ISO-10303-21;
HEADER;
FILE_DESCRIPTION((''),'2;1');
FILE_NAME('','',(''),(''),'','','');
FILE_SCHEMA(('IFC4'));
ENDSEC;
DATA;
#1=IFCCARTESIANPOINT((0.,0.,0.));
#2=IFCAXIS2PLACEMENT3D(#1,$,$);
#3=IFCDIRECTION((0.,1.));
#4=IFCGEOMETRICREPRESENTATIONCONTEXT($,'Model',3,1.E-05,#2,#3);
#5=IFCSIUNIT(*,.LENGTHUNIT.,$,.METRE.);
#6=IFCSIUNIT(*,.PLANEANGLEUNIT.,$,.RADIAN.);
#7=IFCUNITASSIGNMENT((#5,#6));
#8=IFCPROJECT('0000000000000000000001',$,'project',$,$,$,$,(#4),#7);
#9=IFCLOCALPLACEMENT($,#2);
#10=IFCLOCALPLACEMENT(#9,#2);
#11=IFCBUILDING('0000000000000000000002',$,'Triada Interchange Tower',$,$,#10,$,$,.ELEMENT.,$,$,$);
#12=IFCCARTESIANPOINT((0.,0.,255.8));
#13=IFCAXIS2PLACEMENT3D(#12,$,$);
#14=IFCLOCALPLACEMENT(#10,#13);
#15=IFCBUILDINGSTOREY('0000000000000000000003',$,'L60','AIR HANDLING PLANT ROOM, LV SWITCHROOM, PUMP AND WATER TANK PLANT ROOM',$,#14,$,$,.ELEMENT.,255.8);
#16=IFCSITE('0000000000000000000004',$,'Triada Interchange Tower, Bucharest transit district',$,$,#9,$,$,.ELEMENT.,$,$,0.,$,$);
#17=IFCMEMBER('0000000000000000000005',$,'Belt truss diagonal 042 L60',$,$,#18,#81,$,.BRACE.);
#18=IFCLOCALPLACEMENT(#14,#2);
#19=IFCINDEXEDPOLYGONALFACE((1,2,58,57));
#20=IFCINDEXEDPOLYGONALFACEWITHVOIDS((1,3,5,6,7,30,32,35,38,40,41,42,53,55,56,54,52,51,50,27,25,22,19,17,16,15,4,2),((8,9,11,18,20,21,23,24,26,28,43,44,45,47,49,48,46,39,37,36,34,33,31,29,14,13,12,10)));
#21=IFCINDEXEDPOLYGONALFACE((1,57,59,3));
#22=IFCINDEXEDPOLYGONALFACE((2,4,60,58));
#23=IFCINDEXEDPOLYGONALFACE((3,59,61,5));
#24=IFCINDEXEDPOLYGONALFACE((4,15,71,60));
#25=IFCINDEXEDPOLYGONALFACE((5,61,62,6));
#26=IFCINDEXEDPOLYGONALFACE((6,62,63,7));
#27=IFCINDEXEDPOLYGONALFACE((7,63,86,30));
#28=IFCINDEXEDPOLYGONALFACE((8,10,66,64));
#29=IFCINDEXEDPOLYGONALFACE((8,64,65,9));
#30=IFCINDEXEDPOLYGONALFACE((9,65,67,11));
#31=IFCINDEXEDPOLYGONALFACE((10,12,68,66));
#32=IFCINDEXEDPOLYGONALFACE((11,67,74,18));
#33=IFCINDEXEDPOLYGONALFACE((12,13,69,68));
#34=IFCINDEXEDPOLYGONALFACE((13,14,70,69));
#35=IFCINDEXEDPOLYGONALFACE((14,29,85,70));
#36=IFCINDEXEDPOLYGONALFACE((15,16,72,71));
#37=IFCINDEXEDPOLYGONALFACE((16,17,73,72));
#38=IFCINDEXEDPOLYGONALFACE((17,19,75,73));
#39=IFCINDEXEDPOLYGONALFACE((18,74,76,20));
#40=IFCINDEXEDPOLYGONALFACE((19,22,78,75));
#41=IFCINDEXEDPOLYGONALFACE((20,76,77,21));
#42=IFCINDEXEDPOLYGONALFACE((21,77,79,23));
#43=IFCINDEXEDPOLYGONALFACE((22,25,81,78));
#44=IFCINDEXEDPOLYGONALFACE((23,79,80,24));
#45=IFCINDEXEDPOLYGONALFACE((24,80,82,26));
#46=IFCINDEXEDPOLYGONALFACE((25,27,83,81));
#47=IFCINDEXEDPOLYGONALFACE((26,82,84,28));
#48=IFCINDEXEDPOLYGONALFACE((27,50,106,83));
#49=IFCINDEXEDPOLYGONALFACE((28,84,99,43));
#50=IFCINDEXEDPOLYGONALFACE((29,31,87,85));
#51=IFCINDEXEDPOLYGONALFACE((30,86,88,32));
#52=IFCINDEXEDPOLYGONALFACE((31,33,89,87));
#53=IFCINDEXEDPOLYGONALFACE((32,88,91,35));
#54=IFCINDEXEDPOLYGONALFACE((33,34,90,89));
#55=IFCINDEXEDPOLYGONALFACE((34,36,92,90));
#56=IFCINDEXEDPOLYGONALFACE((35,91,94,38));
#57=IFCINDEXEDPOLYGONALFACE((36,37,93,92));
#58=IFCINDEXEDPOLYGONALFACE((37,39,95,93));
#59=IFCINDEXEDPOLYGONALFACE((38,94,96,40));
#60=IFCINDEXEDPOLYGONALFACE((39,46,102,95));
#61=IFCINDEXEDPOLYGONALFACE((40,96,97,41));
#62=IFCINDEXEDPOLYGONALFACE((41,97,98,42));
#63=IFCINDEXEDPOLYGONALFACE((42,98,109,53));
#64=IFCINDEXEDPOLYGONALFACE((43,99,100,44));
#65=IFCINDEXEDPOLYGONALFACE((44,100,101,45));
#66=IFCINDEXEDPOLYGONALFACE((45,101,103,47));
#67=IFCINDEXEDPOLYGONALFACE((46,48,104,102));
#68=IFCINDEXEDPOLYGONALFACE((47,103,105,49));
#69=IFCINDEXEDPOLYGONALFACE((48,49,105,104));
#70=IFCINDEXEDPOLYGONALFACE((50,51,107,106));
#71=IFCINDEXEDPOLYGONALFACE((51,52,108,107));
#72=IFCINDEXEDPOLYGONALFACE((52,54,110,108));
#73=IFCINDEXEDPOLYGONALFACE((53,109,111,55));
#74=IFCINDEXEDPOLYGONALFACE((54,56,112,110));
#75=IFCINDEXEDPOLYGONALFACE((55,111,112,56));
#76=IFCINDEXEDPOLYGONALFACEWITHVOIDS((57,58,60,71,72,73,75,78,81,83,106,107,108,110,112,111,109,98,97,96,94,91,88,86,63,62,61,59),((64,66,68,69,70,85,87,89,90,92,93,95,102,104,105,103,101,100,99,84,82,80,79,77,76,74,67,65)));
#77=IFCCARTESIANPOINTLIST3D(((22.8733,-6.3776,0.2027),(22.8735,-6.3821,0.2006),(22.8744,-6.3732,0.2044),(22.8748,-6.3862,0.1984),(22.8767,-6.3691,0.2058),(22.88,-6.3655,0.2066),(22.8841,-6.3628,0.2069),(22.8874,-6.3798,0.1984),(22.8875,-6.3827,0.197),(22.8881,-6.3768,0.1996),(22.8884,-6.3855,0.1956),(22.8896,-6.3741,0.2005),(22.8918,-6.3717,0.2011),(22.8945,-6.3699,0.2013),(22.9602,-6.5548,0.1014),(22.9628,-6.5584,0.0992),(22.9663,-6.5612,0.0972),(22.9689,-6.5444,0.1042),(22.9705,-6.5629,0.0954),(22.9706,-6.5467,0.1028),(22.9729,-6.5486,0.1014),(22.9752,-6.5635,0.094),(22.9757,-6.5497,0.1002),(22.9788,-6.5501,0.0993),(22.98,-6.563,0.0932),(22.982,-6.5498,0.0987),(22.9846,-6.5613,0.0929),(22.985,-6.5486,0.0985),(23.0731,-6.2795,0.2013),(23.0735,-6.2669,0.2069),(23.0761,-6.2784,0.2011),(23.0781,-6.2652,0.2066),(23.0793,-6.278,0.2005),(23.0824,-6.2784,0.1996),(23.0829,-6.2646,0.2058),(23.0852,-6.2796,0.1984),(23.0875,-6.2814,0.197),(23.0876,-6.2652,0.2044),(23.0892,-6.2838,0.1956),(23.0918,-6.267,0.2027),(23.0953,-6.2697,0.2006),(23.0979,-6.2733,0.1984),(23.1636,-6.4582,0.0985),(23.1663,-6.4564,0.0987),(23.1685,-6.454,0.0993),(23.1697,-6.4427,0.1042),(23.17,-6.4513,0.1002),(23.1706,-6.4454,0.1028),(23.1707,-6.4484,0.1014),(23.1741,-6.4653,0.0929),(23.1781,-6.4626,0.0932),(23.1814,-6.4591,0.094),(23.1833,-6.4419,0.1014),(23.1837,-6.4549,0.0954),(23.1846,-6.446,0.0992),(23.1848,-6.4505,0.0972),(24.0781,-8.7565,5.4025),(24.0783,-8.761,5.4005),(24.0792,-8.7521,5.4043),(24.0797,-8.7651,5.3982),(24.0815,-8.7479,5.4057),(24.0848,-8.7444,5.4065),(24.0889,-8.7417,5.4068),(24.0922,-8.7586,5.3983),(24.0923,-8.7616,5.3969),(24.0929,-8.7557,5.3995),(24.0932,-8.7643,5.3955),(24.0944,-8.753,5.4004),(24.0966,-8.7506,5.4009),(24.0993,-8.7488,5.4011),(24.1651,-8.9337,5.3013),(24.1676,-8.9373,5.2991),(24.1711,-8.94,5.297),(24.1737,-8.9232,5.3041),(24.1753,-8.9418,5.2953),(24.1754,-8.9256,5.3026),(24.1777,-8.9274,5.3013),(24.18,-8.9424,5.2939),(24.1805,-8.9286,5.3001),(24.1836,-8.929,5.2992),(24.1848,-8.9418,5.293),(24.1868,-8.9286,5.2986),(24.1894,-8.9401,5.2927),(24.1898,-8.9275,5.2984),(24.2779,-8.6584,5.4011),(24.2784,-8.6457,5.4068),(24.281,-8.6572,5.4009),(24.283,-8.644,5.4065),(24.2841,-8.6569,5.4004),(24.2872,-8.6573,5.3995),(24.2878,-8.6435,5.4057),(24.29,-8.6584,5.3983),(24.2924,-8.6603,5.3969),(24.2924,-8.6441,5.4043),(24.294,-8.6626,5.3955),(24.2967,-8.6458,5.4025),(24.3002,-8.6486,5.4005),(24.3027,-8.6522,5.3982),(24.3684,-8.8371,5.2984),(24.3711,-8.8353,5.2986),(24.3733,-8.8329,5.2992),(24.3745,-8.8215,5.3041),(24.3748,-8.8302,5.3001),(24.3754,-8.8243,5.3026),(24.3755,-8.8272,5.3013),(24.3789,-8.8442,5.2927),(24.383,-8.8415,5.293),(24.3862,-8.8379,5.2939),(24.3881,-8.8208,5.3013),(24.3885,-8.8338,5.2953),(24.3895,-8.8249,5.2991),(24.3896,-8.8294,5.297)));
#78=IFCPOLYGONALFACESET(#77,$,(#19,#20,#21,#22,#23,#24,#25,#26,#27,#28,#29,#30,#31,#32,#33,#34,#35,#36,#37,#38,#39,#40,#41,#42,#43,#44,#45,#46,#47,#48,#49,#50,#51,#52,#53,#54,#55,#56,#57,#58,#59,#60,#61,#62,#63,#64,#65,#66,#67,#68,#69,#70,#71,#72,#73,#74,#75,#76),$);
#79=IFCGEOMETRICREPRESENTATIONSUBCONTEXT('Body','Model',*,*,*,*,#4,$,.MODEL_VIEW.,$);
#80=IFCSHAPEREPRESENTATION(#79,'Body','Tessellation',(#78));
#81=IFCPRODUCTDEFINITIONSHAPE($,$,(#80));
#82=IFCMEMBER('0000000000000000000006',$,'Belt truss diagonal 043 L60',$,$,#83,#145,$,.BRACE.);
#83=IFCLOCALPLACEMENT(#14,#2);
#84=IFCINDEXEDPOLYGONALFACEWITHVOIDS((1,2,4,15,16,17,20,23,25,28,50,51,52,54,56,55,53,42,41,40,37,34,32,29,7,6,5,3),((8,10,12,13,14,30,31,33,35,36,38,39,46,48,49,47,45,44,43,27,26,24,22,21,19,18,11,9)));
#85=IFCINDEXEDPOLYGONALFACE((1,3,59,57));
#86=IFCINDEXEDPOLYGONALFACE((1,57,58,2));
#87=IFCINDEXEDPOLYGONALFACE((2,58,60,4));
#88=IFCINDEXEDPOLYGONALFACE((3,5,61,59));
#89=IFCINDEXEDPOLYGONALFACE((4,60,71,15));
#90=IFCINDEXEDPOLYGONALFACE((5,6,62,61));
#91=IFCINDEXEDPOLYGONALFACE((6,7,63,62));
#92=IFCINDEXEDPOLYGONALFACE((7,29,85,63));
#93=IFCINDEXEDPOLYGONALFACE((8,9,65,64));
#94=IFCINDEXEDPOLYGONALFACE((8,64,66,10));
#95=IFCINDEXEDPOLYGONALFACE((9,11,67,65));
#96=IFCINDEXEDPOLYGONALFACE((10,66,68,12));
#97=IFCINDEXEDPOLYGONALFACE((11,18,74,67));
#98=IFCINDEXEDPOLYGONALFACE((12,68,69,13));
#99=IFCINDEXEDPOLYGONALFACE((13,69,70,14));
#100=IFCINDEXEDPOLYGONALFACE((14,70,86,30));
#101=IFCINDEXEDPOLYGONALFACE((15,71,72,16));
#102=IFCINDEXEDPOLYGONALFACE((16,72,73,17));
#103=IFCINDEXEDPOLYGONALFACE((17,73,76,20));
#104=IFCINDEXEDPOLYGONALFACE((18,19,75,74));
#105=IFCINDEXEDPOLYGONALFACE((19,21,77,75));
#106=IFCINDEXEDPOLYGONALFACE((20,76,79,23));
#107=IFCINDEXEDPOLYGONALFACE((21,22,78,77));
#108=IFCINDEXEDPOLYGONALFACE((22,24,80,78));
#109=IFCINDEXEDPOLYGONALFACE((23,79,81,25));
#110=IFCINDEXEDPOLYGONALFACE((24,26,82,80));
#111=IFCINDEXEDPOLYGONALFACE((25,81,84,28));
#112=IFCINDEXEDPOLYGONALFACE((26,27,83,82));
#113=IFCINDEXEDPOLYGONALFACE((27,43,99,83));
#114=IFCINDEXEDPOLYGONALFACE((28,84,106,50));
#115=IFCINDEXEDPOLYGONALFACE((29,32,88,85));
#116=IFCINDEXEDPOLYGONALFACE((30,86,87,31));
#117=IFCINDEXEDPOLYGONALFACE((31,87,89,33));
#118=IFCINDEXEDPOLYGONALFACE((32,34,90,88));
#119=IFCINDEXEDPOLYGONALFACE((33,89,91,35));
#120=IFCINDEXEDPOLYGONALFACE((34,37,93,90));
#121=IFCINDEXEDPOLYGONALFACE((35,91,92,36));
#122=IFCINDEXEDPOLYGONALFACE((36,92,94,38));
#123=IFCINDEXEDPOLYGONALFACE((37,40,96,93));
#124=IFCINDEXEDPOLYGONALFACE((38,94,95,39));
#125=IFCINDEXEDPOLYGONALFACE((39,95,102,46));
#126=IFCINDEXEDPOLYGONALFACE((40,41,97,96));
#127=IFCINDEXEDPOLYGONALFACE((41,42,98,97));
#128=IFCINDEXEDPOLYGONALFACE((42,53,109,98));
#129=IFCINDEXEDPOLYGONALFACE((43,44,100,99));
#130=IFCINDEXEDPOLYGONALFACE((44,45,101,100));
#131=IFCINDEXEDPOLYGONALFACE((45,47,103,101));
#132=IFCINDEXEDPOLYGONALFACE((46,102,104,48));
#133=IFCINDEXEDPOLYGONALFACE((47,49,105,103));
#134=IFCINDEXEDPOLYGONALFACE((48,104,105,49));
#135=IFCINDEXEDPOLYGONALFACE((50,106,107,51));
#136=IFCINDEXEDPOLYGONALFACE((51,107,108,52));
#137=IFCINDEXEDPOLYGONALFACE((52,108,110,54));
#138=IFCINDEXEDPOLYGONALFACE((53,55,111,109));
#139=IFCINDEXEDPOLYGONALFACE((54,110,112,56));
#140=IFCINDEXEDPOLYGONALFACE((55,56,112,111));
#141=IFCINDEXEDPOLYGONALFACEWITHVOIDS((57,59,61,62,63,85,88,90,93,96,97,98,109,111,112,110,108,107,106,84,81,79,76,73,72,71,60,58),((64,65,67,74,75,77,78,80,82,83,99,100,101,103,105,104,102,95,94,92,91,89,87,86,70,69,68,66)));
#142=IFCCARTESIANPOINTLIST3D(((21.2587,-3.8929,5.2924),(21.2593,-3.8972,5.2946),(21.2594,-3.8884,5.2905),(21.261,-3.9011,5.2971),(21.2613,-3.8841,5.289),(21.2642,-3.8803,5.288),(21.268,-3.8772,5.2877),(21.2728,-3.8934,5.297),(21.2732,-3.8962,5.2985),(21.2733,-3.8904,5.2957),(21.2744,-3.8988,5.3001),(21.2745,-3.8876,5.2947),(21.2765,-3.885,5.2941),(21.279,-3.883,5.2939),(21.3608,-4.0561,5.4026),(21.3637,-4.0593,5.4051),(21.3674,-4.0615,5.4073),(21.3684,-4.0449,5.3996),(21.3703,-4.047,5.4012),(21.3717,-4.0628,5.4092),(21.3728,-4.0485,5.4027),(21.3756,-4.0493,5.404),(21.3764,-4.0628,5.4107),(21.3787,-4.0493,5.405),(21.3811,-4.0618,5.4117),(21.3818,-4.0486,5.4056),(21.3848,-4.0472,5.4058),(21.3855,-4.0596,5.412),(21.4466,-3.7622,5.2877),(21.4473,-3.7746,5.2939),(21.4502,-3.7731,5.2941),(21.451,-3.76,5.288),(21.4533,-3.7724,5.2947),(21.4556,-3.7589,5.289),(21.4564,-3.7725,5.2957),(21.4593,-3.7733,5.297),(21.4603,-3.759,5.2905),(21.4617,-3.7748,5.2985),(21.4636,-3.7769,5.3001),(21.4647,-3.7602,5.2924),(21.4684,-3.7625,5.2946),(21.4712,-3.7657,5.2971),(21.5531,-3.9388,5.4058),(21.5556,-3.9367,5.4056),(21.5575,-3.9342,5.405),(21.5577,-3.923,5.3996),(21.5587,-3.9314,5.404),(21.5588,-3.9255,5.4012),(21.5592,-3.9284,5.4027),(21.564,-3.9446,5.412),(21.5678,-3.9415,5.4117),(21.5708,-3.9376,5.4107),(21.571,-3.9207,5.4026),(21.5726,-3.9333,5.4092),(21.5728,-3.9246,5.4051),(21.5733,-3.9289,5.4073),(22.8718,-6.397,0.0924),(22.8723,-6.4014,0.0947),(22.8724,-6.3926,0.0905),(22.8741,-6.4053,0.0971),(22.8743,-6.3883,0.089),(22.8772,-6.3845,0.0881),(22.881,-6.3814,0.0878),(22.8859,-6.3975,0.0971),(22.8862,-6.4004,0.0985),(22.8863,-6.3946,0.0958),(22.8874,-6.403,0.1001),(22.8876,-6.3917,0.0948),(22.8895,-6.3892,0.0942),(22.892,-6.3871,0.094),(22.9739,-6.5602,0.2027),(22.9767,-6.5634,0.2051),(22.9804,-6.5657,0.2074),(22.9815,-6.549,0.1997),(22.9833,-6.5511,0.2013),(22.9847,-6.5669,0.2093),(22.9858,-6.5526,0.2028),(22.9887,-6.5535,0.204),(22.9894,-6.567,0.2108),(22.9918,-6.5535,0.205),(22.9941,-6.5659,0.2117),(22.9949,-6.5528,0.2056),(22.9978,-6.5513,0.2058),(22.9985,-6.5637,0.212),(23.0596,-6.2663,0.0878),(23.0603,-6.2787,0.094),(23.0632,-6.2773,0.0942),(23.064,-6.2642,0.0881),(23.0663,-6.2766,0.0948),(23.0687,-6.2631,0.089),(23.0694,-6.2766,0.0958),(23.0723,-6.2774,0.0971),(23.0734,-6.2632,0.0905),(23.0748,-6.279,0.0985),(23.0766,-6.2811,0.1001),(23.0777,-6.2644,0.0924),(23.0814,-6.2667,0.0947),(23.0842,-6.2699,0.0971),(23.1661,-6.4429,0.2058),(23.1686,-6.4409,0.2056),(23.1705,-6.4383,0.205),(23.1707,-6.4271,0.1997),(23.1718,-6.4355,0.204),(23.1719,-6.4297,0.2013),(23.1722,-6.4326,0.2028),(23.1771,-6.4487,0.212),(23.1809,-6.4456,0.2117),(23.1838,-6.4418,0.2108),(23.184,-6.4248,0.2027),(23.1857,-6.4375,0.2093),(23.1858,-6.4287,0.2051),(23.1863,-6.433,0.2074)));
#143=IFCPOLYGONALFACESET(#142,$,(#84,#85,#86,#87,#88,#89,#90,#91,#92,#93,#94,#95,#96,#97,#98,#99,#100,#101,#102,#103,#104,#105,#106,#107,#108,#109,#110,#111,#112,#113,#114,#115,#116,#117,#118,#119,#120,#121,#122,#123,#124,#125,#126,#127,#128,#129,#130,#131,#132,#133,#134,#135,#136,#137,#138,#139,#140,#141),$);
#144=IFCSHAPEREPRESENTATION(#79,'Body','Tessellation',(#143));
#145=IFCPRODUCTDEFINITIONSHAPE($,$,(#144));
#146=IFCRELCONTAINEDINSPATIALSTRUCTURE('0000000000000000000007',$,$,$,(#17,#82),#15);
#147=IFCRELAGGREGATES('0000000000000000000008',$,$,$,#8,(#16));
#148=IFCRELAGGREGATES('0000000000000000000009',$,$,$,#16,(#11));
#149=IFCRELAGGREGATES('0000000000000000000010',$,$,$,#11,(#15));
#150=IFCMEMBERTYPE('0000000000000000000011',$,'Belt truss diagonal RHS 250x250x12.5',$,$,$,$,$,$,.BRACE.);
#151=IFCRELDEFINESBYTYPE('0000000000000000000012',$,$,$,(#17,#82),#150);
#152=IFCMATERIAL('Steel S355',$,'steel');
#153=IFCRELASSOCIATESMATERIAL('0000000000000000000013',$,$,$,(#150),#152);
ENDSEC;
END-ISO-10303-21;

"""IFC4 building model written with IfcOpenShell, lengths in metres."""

from ifc_helpers import new_model, si_unit, direction, frame, origin, origin_2d, place, context, subcontext, project, spatial, hollow_rectangle, extrude, material, material_profile, profile_set, type_object, element, save


model = new_model("IFC4")

# Units and contexts
model_context = context("Model", 3, precision=1e-05, world=origin(), true_north=direction((0.0, 1.0)))
body_context = subcontext(model_context, "Body", "Model", "MODEL_VIEW")
ifc_project = project(units=[si_unit("LENGTHUNIT", "METRE"), si_unit("PLANEANGLEUNIT", "RADIAN")], contexts=[model_context])

# Site, building, storey
site_placement = place(None, origin())
site = spatial("IfcSite", under=ifc_project, at=site_placement, Name="Triada Interchange Tower, Bucharest transit district", CompositionType="ELEMENT", RefElevation=0.0)
building_placement = place(site_placement, origin())
building = spatial("IfcBuilding", under=site, at=building_placement, Name="Triada Interchange Tower", CompositionType="ELEMENT")
storey_placement = place(building_placement, frame((0.0, 0.0, 255.8)))
storey = spatial("IfcBuildingStorey", under=building, at=storey_placement, Name="L60", Description="AIR HANDLING PLANT ROOM, LV SWITCHROOM, PUMP AND WATER TANK PLANT ROOM", CompositionType="ELEMENT", Elevation=255.8)

# Members
ifc_material_1 = material(Name="Steel S355", Category="steel")
ifc_material_profile_1 = material_profile(ifc_material_1, hollow_rectangle(XDim=0.25, YDim=0.25, WallThickness=0.0125, InnerFilletRadius=0.0125, OuterFilletRadius=0.0188, at=origin_2d()), Name="RHS 250x250x12.5")
ifc_profile_set_1 = profile_set([ifc_material_profile_1], Name="Steel S355")
member_type_1 = type_object("IfcMemberType", Name="Belt truss diagonal RHS 250x250x12.5", PredefinedType="BRACE", material=ifc_profile_set_1)
member_1_placement = place(storey_placement, frame((23.0291, -6.4141, 0.1499), z_axis=(0.206172, -0.40708, 0.88982), x_axis=(0.892108, 0.451822, 0.0)))
element("IfcMember", 1, at=member_1_placement, inside=storey, type_object=member_type_1, Name="Belt truss diagonal 042 L60", PredefinedType="BRACE", context=body_context, shape_type="SweptSolid", body=[
    extrude(hollow_rectangle(XDim=0.25, YDim=0.25, WallThickness=0.0125, InnerFilletRadius=0.0125, OuterFilletRadius=0.0188, at=origin_2d()), origin(), (0.0, 0.0, 1.0), 5.8438),
])
member_2_placement = place(storey_placement, frame((23.0291, -6.415, 0.1499), z_axis=(-0.269168, 0.417869, 0.867718), x_axis=(-0.840685, -0.541524, 0.0)))
element("IfcMember", 2, at=member_2_placement, inside=storey, type_object=member_type_1, Name="Belt truss diagonal 043 L60", PredefinedType="BRACE", context=body_context, shape_type="SweptSolid", body=[
    extrude(hollow_rectangle(XDim=0.25, YDim=0.25, WallThickness=0.0125, InnerFilletRadius=0.0125, OuterFilletRadius=0.0188, at=origin_2d()), origin(), (0.0, 0.0, 1.0), 5.9927),
])

save(model, "model.ifc")
